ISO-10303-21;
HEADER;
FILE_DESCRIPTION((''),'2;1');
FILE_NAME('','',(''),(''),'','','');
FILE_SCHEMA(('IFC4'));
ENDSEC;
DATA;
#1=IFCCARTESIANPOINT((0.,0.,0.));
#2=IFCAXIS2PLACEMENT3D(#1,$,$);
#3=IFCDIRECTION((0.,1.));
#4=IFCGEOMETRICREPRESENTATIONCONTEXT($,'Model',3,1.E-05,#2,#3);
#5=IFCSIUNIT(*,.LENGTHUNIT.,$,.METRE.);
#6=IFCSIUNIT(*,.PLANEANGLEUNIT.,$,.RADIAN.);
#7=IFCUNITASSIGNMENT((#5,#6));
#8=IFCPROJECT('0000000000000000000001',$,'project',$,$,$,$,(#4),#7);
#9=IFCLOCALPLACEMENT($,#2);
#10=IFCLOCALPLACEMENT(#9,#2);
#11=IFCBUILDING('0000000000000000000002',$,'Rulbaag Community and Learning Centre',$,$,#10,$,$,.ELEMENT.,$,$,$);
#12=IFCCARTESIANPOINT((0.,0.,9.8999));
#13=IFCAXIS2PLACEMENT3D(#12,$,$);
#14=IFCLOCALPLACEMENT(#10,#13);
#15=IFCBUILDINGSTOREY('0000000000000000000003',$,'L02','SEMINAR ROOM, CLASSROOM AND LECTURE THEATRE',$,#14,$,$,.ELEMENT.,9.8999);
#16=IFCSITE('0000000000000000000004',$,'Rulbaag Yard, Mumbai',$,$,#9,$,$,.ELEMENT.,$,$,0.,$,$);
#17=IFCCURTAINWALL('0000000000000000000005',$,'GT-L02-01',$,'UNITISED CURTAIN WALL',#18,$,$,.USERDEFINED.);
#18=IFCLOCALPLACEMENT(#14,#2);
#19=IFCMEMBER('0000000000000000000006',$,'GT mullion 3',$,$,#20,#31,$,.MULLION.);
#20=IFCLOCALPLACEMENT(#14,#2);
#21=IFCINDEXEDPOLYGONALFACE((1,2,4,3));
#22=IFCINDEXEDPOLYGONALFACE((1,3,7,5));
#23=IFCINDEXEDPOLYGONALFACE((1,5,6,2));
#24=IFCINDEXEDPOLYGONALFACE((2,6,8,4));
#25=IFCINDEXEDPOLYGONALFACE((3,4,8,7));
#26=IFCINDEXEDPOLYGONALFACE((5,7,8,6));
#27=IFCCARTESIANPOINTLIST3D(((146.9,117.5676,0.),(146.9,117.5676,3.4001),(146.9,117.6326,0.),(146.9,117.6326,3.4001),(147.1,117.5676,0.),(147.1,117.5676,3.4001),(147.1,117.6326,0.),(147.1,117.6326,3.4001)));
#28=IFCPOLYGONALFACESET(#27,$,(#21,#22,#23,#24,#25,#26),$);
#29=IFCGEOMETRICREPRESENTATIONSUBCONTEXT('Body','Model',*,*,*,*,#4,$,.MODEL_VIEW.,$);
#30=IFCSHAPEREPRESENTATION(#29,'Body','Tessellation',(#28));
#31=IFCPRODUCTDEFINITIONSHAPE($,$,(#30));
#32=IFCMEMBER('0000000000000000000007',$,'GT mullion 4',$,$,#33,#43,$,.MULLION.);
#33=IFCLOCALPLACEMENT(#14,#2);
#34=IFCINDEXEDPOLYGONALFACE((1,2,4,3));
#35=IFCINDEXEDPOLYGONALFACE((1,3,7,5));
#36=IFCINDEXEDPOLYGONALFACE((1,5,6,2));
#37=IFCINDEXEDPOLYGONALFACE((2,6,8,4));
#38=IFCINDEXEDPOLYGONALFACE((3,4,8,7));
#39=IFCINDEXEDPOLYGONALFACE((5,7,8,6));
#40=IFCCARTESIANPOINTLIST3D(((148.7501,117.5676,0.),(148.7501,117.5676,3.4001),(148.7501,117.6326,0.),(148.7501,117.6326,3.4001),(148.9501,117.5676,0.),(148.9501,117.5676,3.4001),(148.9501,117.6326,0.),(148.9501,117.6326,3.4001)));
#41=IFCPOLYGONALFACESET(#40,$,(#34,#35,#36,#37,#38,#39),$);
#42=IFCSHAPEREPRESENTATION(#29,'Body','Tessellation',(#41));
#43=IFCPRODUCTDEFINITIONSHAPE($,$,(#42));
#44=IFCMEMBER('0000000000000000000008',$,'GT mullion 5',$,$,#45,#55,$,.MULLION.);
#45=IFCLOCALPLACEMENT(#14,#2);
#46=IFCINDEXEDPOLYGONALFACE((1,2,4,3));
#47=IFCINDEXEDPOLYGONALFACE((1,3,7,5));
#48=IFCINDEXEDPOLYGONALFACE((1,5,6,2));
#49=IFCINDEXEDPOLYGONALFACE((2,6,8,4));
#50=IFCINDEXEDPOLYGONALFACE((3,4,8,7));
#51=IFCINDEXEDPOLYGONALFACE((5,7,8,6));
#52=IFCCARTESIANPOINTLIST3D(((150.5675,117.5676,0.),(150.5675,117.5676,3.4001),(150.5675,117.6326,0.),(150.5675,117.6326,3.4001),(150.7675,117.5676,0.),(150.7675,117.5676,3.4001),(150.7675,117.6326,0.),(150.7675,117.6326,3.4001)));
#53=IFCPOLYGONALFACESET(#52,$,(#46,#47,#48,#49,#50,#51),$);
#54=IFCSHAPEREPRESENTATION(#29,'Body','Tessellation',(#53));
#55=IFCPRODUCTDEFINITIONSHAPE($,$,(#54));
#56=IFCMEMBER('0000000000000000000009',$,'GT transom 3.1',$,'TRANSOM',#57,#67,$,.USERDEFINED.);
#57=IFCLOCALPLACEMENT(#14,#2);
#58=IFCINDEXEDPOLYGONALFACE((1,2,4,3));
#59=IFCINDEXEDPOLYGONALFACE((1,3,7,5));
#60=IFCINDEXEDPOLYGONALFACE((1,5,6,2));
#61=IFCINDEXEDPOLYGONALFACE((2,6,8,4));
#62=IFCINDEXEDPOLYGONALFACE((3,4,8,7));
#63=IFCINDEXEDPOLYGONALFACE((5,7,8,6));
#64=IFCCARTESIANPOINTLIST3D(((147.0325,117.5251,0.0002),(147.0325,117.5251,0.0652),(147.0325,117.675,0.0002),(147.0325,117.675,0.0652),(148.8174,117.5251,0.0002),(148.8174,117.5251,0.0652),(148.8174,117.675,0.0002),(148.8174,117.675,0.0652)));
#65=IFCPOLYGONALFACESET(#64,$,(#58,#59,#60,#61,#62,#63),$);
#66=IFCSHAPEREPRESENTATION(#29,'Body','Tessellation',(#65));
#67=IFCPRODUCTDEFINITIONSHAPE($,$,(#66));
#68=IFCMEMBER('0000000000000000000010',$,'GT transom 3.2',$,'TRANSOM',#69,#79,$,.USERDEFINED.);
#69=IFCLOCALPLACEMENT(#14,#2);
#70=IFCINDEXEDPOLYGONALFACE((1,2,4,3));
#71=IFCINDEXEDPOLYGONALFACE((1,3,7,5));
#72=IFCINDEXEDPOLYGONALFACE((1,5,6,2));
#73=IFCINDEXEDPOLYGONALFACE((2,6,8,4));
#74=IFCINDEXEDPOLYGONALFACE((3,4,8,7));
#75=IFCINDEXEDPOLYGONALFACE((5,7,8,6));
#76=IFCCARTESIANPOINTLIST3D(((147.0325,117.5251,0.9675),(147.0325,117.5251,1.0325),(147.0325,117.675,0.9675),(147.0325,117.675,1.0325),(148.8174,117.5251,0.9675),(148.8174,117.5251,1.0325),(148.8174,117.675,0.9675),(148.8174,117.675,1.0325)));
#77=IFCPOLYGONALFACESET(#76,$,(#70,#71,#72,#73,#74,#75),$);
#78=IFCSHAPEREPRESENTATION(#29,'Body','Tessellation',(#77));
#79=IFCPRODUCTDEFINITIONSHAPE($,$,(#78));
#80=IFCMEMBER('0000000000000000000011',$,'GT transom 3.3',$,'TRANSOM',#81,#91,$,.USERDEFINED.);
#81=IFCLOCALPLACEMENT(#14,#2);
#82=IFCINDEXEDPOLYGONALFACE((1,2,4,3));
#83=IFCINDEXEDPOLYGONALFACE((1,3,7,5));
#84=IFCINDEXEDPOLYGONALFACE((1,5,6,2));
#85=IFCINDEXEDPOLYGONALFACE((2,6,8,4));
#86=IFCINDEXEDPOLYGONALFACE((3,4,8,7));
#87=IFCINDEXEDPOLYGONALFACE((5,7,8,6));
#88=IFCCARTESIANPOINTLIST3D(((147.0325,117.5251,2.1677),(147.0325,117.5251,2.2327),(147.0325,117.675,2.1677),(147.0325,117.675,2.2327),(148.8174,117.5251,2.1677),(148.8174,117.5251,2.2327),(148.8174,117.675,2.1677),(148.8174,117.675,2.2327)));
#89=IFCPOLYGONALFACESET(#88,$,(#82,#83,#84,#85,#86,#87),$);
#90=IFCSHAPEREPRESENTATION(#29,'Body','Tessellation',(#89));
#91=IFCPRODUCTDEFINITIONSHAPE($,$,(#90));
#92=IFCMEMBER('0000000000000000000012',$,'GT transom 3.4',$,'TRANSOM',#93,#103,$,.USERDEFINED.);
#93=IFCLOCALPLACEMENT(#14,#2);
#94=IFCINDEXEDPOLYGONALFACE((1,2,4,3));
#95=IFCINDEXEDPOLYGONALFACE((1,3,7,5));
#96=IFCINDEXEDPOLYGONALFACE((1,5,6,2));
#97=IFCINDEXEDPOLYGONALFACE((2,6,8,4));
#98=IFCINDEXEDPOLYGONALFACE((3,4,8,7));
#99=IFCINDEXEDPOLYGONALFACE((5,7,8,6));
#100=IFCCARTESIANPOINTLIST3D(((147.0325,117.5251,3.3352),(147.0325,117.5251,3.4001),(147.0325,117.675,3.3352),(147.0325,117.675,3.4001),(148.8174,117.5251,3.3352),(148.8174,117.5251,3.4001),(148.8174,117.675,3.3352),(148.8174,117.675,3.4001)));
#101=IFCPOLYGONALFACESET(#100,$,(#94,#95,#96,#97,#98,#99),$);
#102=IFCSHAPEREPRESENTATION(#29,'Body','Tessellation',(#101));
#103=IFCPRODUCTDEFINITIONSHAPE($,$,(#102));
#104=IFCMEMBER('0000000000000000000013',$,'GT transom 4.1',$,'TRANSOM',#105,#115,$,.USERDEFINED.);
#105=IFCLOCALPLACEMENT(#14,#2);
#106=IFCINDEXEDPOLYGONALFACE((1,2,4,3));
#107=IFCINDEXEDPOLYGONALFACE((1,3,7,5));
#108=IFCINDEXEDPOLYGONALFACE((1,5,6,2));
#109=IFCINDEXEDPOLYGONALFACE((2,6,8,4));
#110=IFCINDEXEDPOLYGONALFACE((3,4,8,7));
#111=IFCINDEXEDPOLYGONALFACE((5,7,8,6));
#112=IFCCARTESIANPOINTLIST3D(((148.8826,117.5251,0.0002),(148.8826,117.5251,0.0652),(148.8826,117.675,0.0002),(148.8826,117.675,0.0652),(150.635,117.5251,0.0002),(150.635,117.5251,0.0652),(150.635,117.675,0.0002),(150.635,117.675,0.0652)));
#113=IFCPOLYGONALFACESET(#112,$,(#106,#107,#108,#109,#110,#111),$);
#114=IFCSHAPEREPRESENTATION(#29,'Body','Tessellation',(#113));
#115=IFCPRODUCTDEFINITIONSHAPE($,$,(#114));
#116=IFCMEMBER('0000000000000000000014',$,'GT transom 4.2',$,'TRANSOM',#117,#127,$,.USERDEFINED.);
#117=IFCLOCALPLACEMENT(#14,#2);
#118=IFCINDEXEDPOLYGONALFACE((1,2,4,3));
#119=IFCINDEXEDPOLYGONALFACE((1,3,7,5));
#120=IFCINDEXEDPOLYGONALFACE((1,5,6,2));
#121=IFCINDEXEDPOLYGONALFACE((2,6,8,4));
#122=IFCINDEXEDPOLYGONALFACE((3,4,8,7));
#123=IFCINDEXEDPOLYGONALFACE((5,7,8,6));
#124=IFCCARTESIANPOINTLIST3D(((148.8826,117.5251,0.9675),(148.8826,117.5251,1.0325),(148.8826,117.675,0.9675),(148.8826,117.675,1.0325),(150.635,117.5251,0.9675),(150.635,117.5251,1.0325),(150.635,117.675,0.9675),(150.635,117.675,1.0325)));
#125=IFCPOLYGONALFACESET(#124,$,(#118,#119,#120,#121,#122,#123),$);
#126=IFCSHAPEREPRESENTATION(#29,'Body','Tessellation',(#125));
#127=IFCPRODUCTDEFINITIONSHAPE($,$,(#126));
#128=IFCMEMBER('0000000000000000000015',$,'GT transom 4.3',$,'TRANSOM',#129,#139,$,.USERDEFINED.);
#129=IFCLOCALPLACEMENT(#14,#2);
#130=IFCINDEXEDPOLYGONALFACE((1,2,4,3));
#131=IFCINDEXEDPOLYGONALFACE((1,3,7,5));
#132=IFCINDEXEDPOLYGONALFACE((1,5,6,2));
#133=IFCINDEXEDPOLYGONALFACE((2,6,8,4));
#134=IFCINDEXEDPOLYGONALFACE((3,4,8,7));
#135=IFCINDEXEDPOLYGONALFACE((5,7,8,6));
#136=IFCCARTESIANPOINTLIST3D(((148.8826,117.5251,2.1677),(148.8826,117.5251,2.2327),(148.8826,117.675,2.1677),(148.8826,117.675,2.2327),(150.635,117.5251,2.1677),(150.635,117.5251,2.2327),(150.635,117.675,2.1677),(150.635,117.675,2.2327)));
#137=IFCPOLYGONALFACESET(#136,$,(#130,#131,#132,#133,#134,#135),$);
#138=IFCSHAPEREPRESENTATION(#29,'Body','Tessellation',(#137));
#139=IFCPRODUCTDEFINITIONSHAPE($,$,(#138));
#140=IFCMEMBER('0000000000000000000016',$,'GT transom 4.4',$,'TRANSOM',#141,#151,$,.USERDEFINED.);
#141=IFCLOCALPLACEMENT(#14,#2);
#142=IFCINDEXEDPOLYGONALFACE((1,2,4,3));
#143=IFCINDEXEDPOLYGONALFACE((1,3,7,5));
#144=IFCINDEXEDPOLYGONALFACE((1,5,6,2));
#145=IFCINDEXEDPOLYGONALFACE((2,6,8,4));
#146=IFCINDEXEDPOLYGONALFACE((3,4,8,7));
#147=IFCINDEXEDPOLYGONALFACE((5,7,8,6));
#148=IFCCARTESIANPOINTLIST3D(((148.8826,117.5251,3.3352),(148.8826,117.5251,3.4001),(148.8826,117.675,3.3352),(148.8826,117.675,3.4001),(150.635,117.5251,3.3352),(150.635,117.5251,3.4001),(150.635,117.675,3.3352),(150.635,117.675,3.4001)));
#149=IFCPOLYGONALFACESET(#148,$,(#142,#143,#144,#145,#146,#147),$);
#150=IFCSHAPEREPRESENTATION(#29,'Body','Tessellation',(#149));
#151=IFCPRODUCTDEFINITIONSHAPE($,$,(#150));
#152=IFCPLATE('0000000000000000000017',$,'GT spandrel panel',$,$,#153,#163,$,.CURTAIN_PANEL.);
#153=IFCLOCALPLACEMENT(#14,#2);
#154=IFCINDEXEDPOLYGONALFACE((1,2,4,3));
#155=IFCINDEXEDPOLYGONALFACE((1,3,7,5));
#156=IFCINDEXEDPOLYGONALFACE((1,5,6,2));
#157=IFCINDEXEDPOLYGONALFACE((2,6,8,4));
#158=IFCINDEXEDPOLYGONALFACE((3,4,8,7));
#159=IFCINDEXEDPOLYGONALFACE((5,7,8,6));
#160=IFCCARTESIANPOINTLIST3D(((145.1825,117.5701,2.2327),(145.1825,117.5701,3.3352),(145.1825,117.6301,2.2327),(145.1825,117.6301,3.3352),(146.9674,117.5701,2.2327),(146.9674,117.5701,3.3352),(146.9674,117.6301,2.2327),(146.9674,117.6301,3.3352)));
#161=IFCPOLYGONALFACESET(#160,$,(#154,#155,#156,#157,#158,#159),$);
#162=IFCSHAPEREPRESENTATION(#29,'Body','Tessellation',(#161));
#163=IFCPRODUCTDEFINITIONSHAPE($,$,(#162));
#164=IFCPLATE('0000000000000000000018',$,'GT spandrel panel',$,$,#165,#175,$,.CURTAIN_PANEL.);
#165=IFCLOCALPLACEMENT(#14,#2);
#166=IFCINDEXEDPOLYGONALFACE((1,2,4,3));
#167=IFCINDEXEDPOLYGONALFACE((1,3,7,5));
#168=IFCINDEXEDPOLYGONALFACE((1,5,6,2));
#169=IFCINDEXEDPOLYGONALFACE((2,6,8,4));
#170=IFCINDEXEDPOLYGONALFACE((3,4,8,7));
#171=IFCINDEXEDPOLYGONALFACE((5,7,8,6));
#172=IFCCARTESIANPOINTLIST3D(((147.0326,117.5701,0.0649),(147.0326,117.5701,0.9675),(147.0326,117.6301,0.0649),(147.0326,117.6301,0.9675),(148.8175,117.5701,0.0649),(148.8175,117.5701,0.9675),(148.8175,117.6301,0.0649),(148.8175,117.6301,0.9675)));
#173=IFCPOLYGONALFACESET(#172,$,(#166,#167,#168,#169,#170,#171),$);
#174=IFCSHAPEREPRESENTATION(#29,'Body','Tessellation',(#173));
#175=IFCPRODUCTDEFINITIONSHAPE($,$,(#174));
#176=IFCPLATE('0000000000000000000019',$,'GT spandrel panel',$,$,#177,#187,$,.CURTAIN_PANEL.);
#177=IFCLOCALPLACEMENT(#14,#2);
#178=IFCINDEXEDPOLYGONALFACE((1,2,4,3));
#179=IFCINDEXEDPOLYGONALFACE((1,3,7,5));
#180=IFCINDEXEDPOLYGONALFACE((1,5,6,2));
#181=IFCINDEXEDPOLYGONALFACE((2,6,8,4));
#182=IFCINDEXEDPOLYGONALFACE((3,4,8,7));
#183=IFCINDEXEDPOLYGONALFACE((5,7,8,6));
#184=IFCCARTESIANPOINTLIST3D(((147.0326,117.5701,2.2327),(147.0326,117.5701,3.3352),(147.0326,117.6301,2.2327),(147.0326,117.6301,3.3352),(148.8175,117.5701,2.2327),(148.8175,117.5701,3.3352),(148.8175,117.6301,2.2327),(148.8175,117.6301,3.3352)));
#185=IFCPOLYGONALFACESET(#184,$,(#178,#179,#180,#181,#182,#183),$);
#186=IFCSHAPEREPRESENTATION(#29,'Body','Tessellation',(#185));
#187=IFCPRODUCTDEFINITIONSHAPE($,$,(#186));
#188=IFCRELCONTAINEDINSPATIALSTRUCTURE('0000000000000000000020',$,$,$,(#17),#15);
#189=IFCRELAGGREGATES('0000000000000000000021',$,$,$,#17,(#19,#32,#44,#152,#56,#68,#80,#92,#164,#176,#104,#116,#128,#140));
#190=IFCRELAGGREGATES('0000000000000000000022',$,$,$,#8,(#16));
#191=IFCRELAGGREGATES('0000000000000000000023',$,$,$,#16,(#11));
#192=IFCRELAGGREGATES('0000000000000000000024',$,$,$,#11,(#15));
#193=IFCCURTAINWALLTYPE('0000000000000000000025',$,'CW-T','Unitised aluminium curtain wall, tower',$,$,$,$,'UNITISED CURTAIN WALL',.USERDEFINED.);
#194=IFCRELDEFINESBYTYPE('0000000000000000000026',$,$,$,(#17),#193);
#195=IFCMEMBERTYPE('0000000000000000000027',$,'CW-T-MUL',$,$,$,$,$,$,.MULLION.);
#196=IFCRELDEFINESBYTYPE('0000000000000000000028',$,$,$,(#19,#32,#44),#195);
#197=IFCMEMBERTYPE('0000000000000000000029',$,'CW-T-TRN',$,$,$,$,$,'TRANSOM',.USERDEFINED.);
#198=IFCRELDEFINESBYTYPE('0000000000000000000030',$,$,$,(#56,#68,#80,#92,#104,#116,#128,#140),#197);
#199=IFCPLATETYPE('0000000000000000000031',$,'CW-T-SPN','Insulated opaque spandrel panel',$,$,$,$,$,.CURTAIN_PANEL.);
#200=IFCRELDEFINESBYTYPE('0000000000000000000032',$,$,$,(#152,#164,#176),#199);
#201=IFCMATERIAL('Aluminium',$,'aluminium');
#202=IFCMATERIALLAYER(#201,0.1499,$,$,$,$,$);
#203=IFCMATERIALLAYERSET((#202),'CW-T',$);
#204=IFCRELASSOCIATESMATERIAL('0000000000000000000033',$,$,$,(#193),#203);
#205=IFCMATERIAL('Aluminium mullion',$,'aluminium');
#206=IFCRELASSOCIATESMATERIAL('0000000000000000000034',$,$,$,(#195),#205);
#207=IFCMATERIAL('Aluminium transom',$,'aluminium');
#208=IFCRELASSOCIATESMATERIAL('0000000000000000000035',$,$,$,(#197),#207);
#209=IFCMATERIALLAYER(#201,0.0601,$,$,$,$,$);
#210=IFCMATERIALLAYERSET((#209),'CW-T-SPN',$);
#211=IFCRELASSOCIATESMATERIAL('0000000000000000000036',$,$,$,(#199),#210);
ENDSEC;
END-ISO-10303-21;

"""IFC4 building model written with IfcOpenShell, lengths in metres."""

from ifc_helpers import new_model, si_unit, direction, frame, origin, origin_2d, place, context, subcontext, project, spatial, rectangle, extrude, material, layer, layer_set, material_profile, profile_set, type_object, element, aggregate, save


model = new_model("IFC4")

# Units and contexts
model_context = context("Model", 3, precision=1e-05, world=origin(), true_north=direction((0.0, 1.0)))
body_context = subcontext(model_context, "Body", "Model", "MODEL_VIEW")
ifc_project = project(units=[si_unit("LENGTHUNIT", "METRE"), si_unit("PLANEANGLEUNIT", "RADIAN")], contexts=[model_context])

# Site, building, storey
site_placement = place(None, origin())
site = spatial("IfcSite", under=ifc_project, at=site_placement, Name="Rulbaag Yard, Mumbai", CompositionType="ELEMENT", RefElevation=0.0)
building_placement = place(site_placement, origin())
building = spatial("IfcBuilding", under=site, at=building_placement, Name="Rulbaag Community and Learning Centre", CompositionType="ELEMENT")
storey_placement = place(building_placement, frame((0.0, 0.0, 9.8999)))
storey = spatial("IfcBuildingStorey", under=building, at=storey_placement, Name="L02", Description="SEMINAR ROOM, CLASSROOM AND LECTURE THEATRE", CompositionType="ELEMENT", Elevation=9.8999)

# Curtain wall, members, plates
ifc_material_1 = material(Name="Aluminium", Category="aluminium")
ifc_layer_1 = layer(ifc_material_1, 0.1499)
ifc_layer_set_1 = layer_set([ifc_layer_1], Name="CW-T")
curtain_wall_type = type_object("IfcCurtainWallType", Name="CW-T", Description="Unitised aluminium curtain wall, tower", ElementType="UNITISED CURTAIN WALL", PredefinedType="USERDEFINED", material=ifc_layer_set_1)
curtain_wall_placement = place(storey_placement, origin())
curtain_wall = element("IfcCurtainWall", 1, at=curtain_wall_placement, inside=storey, type_object=curtain_wall_type, Name="GT-L02-01", ObjectType="UNITISED CURTAIN WALL", PredefinedType="USERDEFINED")
ifc_material_2 = material(Name="Aluminium mullion", Category="aluminium")
ifc_material_profile_1 = material_profile(ifc_material_2, rectangle(XDim=0.0649, YDim=0.2, at=origin_2d()), Name="AL 65x200")
ifc_profile_set_1 = profile_set([ifc_material_profile_1], Name="Aluminium mullion")
member_type_1 = type_object("IfcMemberType", Name="CW-T-MUL", PredefinedType="MULLION", material=ifc_profile_set_1)
member_1_placement = place(storey_placement, frame((147.0, 117.6001, 0.0), z_axis=(0.0, 0.0, 1.0), x_axis=(0.0, 1.0, 0.0)))
member_1 = element("IfcMember", 2, at=member_1_placement, type_object=member_type_1, Name="GT mullion 3", PredefinedType="MULLION", context=body_context, shape_type="SweptSolid", body=[
    extrude(rectangle(XDim=0.0649, YDim=0.2, at=origin_2d()), origin(), (0.0, 0.0, 1.0), 3.4001),
])
member_2_placement = place(storey_placement, frame((148.8501, 117.6001, 0.0), z_axis=(0.0, 0.0, 1.0), x_axis=(0.0, 1.0, 0.0)))
member_2 = element("IfcMember", 3, at=member_2_placement, type_object=member_type_1, Name="GT mullion 4", PredefinedType="MULLION", context=body_context, shape_type="SweptSolid", body=[
    extrude(rectangle(XDim=0.0649, YDim=0.2, at=origin_2d()), origin(), (0.0, 0.0, 1.0), 3.4001),
])
member_3_placement = place(storey_placement, frame((150.6675, 117.6001, 0.0), z_axis=(0.0, 0.0, 1.0), x_axis=(0.0, 1.0, 0.0)))
member_3 = element("IfcMember", 4, at=member_3_placement, type_object=member_type_1, Name="GT mullion 5", PredefinedType="MULLION", context=body_context, shape_type="SweptSolid", body=[
    extrude(rectangle(XDim=0.0649, YDim=0.2, at=origin_2d()), origin(), (0.0, 0.0, 1.0), 3.4001),
])
ifc_material_3 = material(Name="Aluminium transom", Category="aluminium")
ifc_material_profile_2 = material_profile(ifc_material_3, rectangle(XDim=0.1499, YDim=0.0649, at=origin_2d()), Name="AL 65x150 T")
ifc_profile_set_2 = profile_set([ifc_material_profile_2], Name="Aluminium transom")
member_type_2 = type_object("IfcMemberType", Name="CW-T-TRN", ElementType="TRANSOM", PredefinedType="USERDEFINED", material=ifc_profile_set_2)
member_4_placement = place(storey_placement, frame((147.0325, 117.6001, 0.0327), z_axis=(1.0, 0.0, 0.0), x_axis=(0.0, 1.0, 0.0)))
member_4 = element("IfcMember", 5, at=member_4_placement, type_object=member_type_2, Name="GT transom 3.1", ObjectType="TRANSOM", PredefinedType="USERDEFINED", context=body_context, shape_type="SweptSolid", body=[
    extrude(rectangle(XDim=0.1499, YDim=0.0649, at=origin_2d()), origin(), (0.0, 0.0, 1.0), 1.7849),
])
member_5_placement = place(storey_placement, frame((147.0325, 117.6001, 1.0), z_axis=(1.0, 0.0, 0.0), x_axis=(0.0, 1.0, 0.0)))
member_5 = element("IfcMember", 6, at=member_5_placement, type_object=member_type_2, Name="GT transom 3.2", ObjectType="TRANSOM", PredefinedType="USERDEFINED", context=body_context, shape_type="SweptSolid", body=[
    extrude(rectangle(XDim=0.1499, YDim=0.0649, at=origin_2d()), origin(), (0.0, 0.0, 1.0), 1.7849),
])
member_6_placement = place(storey_placement, frame((147.0325, 117.6001, 2.2002), z_axis=(1.0, 0.0, 0.0), x_axis=(0.0, 1.0, 0.0)))
member_6 = element("IfcMember", 7, at=member_6_placement, type_object=member_type_2, Name="GT transom 3.3", ObjectType="TRANSOM", PredefinedType="USERDEFINED", context=body_context, shape_type="SweptSolid", body=[
    extrude(rectangle(XDim=0.1499, YDim=0.0649, at=origin_2d()), origin(), (0.0, 0.0, 1.0), 1.7849),
])
member_7_placement = place(storey_placement, frame((147.0325, 117.6001, 3.3677), z_axis=(1.0, 0.0, 0.0), x_axis=(0.0, 1.0, 0.0)))
member_7 = element("IfcMember", 8, at=member_7_placement, type_object=member_type_2, Name="GT transom 3.4", ObjectType="TRANSOM", PredefinedType="USERDEFINED", context=body_context, shape_type="SweptSolid", body=[
    extrude(rectangle(XDim=0.1499, YDim=0.0649, at=origin_2d()), origin(), (0.0, 0.0, 1.0), 1.7849),
])
member_8_placement = place(storey_placement, frame((148.8826, 117.6001, 0.0327), z_axis=(1.0, 0.0, 0.0), x_axis=(0.0, 1.0, 0.0)))
member_8 = element("IfcMember", 9, at=member_8_placement, type_object=member_type_2, Name="GT transom 4.1", ObjectType="TRANSOM", PredefinedType="USERDEFINED", context=body_context, shape_type="SweptSolid", body=[
    extrude(rectangle(XDim=0.1499, YDim=0.0649, at=origin_2d()), origin(), (0.0, 0.0, 1.0), 1.7524),
])
member_9_placement = place(storey_placement, frame((148.8826, 117.6001, 1.0), z_axis=(1.0, 0.0, 0.0), x_axis=(0.0, 1.0, 0.0)))
member_9 = element("IfcMember", 10, at=member_9_placement, type_object=member_type_2, Name="GT transom 4.2", ObjectType="TRANSOM", PredefinedType="USERDEFINED", context=body_context, shape_type="SweptSolid", body=[
    extrude(rectangle(XDim=0.1499, YDim=0.0649, at=origin_2d()), origin(), (0.0, 0.0, 1.0), 1.7524),
])
member_10_placement = place(storey_placement, frame((148.8826, 117.6001, 2.2002), z_axis=(1.0, 0.0, 0.0), x_axis=(0.0, 1.0, 0.0)))
member_10 = element("IfcMember", 11, at=member_10_placement, type_object=member_type_2, Name="GT transom 4.3", ObjectType="TRANSOM", PredefinedType="USERDEFINED", context=body_context, shape_type="SweptSolid", body=[
    extrude(rectangle(XDim=0.1499, YDim=0.0649, at=origin_2d()), origin(), (0.0, 0.0, 1.0), 1.7524),
])
member_11_placement = place(storey_placement, frame((148.8826, 117.6001, 3.3677), z_axis=(1.0, 0.0, 0.0), x_axis=(0.0, 1.0, 0.0)))
member_11 = element("IfcMember", 12, at=member_11_placement, type_object=member_type_2, Name="GT transom 4.4", ObjectType="TRANSOM", PredefinedType="USERDEFINED", context=body_context, shape_type="SweptSolid", body=[
    extrude(rectangle(XDim=0.1499, YDim=0.0649, at=origin_2d()), origin(), (0.0, 0.0, 1.0), 1.7524),
])
ifc_layer_2 = layer(ifc_material_1, 0.0601)
ifc_layer_set_2 = layer_set([ifc_layer_2], Name="CW-T-SPN")
plate_type_1 = type_object("IfcPlateType", Name="CW-T-SPN", Description="Insulated opaque spandrel panel", PredefinedType="CURTAIN_PANEL", material=ifc_layer_set_2)
plate_1_placement = place(storey_placement, frame((146.075, 117.6001, 2.2327), z_axis=(0.0, 0.0, 1.0), x_axis=(1.0, 0.0, 0.0)))
plate_1 = element("IfcPlate", 13, at=plate_1_placement, type_object=plate_type_1, Name="GT spandrel panel", PredefinedType="CURTAIN_PANEL", context=body_context, shape_type="SweptSolid", body=[
    extrude(rectangle(XDim=1.7849, YDim=0.0601, at=origin_2d()), origin(), (0.0, 0.0, 1.0), 1.1025),
])
plate_2_placement = place(storey_placement, frame((147.925, 117.6001, 0.0649), z_axis=(0.0, 0.0, 1.0), x_axis=(1.0, 0.0, 0.0)))
plate_2 = element("IfcPlate", 14, at=plate_2_placement, type_object=plate_type_1, Name="GT spandrel panel", PredefinedType="CURTAIN_PANEL", context=body_context, shape_type="SweptSolid", body=[
    extrude(rectangle(XDim=1.7849, YDim=0.0601, at=origin_2d()), origin(), (0.0, 0.0, 1.0), 0.9026),
])
plate_3_placement = place(storey_placement, frame((147.925, 117.6001, 2.2327), z_axis=(0.0, 0.0, 1.0), x_axis=(1.0, 0.0, 0.0)))
plate_3 = element("IfcPlate", 15, at=plate_3_placement, type_object=plate_type_1, Name="GT spandrel panel", PredefinedType="CURTAIN_PANEL", context=body_context, shape_type="SweptSolid", body=[
    extrude(rectangle(XDim=1.7849, YDim=0.0601, at=origin_2d()), origin(), (0.0, 0.0, 1.0), 1.1025),
])
aggregate(curtain_wall, [member_1, member_2, member_3, plate_1, member_4, member_5, member_6, member_7, plate_2, plate_3, member_8, member_9, member_10, member_11])

save(model, "model.ifc")
